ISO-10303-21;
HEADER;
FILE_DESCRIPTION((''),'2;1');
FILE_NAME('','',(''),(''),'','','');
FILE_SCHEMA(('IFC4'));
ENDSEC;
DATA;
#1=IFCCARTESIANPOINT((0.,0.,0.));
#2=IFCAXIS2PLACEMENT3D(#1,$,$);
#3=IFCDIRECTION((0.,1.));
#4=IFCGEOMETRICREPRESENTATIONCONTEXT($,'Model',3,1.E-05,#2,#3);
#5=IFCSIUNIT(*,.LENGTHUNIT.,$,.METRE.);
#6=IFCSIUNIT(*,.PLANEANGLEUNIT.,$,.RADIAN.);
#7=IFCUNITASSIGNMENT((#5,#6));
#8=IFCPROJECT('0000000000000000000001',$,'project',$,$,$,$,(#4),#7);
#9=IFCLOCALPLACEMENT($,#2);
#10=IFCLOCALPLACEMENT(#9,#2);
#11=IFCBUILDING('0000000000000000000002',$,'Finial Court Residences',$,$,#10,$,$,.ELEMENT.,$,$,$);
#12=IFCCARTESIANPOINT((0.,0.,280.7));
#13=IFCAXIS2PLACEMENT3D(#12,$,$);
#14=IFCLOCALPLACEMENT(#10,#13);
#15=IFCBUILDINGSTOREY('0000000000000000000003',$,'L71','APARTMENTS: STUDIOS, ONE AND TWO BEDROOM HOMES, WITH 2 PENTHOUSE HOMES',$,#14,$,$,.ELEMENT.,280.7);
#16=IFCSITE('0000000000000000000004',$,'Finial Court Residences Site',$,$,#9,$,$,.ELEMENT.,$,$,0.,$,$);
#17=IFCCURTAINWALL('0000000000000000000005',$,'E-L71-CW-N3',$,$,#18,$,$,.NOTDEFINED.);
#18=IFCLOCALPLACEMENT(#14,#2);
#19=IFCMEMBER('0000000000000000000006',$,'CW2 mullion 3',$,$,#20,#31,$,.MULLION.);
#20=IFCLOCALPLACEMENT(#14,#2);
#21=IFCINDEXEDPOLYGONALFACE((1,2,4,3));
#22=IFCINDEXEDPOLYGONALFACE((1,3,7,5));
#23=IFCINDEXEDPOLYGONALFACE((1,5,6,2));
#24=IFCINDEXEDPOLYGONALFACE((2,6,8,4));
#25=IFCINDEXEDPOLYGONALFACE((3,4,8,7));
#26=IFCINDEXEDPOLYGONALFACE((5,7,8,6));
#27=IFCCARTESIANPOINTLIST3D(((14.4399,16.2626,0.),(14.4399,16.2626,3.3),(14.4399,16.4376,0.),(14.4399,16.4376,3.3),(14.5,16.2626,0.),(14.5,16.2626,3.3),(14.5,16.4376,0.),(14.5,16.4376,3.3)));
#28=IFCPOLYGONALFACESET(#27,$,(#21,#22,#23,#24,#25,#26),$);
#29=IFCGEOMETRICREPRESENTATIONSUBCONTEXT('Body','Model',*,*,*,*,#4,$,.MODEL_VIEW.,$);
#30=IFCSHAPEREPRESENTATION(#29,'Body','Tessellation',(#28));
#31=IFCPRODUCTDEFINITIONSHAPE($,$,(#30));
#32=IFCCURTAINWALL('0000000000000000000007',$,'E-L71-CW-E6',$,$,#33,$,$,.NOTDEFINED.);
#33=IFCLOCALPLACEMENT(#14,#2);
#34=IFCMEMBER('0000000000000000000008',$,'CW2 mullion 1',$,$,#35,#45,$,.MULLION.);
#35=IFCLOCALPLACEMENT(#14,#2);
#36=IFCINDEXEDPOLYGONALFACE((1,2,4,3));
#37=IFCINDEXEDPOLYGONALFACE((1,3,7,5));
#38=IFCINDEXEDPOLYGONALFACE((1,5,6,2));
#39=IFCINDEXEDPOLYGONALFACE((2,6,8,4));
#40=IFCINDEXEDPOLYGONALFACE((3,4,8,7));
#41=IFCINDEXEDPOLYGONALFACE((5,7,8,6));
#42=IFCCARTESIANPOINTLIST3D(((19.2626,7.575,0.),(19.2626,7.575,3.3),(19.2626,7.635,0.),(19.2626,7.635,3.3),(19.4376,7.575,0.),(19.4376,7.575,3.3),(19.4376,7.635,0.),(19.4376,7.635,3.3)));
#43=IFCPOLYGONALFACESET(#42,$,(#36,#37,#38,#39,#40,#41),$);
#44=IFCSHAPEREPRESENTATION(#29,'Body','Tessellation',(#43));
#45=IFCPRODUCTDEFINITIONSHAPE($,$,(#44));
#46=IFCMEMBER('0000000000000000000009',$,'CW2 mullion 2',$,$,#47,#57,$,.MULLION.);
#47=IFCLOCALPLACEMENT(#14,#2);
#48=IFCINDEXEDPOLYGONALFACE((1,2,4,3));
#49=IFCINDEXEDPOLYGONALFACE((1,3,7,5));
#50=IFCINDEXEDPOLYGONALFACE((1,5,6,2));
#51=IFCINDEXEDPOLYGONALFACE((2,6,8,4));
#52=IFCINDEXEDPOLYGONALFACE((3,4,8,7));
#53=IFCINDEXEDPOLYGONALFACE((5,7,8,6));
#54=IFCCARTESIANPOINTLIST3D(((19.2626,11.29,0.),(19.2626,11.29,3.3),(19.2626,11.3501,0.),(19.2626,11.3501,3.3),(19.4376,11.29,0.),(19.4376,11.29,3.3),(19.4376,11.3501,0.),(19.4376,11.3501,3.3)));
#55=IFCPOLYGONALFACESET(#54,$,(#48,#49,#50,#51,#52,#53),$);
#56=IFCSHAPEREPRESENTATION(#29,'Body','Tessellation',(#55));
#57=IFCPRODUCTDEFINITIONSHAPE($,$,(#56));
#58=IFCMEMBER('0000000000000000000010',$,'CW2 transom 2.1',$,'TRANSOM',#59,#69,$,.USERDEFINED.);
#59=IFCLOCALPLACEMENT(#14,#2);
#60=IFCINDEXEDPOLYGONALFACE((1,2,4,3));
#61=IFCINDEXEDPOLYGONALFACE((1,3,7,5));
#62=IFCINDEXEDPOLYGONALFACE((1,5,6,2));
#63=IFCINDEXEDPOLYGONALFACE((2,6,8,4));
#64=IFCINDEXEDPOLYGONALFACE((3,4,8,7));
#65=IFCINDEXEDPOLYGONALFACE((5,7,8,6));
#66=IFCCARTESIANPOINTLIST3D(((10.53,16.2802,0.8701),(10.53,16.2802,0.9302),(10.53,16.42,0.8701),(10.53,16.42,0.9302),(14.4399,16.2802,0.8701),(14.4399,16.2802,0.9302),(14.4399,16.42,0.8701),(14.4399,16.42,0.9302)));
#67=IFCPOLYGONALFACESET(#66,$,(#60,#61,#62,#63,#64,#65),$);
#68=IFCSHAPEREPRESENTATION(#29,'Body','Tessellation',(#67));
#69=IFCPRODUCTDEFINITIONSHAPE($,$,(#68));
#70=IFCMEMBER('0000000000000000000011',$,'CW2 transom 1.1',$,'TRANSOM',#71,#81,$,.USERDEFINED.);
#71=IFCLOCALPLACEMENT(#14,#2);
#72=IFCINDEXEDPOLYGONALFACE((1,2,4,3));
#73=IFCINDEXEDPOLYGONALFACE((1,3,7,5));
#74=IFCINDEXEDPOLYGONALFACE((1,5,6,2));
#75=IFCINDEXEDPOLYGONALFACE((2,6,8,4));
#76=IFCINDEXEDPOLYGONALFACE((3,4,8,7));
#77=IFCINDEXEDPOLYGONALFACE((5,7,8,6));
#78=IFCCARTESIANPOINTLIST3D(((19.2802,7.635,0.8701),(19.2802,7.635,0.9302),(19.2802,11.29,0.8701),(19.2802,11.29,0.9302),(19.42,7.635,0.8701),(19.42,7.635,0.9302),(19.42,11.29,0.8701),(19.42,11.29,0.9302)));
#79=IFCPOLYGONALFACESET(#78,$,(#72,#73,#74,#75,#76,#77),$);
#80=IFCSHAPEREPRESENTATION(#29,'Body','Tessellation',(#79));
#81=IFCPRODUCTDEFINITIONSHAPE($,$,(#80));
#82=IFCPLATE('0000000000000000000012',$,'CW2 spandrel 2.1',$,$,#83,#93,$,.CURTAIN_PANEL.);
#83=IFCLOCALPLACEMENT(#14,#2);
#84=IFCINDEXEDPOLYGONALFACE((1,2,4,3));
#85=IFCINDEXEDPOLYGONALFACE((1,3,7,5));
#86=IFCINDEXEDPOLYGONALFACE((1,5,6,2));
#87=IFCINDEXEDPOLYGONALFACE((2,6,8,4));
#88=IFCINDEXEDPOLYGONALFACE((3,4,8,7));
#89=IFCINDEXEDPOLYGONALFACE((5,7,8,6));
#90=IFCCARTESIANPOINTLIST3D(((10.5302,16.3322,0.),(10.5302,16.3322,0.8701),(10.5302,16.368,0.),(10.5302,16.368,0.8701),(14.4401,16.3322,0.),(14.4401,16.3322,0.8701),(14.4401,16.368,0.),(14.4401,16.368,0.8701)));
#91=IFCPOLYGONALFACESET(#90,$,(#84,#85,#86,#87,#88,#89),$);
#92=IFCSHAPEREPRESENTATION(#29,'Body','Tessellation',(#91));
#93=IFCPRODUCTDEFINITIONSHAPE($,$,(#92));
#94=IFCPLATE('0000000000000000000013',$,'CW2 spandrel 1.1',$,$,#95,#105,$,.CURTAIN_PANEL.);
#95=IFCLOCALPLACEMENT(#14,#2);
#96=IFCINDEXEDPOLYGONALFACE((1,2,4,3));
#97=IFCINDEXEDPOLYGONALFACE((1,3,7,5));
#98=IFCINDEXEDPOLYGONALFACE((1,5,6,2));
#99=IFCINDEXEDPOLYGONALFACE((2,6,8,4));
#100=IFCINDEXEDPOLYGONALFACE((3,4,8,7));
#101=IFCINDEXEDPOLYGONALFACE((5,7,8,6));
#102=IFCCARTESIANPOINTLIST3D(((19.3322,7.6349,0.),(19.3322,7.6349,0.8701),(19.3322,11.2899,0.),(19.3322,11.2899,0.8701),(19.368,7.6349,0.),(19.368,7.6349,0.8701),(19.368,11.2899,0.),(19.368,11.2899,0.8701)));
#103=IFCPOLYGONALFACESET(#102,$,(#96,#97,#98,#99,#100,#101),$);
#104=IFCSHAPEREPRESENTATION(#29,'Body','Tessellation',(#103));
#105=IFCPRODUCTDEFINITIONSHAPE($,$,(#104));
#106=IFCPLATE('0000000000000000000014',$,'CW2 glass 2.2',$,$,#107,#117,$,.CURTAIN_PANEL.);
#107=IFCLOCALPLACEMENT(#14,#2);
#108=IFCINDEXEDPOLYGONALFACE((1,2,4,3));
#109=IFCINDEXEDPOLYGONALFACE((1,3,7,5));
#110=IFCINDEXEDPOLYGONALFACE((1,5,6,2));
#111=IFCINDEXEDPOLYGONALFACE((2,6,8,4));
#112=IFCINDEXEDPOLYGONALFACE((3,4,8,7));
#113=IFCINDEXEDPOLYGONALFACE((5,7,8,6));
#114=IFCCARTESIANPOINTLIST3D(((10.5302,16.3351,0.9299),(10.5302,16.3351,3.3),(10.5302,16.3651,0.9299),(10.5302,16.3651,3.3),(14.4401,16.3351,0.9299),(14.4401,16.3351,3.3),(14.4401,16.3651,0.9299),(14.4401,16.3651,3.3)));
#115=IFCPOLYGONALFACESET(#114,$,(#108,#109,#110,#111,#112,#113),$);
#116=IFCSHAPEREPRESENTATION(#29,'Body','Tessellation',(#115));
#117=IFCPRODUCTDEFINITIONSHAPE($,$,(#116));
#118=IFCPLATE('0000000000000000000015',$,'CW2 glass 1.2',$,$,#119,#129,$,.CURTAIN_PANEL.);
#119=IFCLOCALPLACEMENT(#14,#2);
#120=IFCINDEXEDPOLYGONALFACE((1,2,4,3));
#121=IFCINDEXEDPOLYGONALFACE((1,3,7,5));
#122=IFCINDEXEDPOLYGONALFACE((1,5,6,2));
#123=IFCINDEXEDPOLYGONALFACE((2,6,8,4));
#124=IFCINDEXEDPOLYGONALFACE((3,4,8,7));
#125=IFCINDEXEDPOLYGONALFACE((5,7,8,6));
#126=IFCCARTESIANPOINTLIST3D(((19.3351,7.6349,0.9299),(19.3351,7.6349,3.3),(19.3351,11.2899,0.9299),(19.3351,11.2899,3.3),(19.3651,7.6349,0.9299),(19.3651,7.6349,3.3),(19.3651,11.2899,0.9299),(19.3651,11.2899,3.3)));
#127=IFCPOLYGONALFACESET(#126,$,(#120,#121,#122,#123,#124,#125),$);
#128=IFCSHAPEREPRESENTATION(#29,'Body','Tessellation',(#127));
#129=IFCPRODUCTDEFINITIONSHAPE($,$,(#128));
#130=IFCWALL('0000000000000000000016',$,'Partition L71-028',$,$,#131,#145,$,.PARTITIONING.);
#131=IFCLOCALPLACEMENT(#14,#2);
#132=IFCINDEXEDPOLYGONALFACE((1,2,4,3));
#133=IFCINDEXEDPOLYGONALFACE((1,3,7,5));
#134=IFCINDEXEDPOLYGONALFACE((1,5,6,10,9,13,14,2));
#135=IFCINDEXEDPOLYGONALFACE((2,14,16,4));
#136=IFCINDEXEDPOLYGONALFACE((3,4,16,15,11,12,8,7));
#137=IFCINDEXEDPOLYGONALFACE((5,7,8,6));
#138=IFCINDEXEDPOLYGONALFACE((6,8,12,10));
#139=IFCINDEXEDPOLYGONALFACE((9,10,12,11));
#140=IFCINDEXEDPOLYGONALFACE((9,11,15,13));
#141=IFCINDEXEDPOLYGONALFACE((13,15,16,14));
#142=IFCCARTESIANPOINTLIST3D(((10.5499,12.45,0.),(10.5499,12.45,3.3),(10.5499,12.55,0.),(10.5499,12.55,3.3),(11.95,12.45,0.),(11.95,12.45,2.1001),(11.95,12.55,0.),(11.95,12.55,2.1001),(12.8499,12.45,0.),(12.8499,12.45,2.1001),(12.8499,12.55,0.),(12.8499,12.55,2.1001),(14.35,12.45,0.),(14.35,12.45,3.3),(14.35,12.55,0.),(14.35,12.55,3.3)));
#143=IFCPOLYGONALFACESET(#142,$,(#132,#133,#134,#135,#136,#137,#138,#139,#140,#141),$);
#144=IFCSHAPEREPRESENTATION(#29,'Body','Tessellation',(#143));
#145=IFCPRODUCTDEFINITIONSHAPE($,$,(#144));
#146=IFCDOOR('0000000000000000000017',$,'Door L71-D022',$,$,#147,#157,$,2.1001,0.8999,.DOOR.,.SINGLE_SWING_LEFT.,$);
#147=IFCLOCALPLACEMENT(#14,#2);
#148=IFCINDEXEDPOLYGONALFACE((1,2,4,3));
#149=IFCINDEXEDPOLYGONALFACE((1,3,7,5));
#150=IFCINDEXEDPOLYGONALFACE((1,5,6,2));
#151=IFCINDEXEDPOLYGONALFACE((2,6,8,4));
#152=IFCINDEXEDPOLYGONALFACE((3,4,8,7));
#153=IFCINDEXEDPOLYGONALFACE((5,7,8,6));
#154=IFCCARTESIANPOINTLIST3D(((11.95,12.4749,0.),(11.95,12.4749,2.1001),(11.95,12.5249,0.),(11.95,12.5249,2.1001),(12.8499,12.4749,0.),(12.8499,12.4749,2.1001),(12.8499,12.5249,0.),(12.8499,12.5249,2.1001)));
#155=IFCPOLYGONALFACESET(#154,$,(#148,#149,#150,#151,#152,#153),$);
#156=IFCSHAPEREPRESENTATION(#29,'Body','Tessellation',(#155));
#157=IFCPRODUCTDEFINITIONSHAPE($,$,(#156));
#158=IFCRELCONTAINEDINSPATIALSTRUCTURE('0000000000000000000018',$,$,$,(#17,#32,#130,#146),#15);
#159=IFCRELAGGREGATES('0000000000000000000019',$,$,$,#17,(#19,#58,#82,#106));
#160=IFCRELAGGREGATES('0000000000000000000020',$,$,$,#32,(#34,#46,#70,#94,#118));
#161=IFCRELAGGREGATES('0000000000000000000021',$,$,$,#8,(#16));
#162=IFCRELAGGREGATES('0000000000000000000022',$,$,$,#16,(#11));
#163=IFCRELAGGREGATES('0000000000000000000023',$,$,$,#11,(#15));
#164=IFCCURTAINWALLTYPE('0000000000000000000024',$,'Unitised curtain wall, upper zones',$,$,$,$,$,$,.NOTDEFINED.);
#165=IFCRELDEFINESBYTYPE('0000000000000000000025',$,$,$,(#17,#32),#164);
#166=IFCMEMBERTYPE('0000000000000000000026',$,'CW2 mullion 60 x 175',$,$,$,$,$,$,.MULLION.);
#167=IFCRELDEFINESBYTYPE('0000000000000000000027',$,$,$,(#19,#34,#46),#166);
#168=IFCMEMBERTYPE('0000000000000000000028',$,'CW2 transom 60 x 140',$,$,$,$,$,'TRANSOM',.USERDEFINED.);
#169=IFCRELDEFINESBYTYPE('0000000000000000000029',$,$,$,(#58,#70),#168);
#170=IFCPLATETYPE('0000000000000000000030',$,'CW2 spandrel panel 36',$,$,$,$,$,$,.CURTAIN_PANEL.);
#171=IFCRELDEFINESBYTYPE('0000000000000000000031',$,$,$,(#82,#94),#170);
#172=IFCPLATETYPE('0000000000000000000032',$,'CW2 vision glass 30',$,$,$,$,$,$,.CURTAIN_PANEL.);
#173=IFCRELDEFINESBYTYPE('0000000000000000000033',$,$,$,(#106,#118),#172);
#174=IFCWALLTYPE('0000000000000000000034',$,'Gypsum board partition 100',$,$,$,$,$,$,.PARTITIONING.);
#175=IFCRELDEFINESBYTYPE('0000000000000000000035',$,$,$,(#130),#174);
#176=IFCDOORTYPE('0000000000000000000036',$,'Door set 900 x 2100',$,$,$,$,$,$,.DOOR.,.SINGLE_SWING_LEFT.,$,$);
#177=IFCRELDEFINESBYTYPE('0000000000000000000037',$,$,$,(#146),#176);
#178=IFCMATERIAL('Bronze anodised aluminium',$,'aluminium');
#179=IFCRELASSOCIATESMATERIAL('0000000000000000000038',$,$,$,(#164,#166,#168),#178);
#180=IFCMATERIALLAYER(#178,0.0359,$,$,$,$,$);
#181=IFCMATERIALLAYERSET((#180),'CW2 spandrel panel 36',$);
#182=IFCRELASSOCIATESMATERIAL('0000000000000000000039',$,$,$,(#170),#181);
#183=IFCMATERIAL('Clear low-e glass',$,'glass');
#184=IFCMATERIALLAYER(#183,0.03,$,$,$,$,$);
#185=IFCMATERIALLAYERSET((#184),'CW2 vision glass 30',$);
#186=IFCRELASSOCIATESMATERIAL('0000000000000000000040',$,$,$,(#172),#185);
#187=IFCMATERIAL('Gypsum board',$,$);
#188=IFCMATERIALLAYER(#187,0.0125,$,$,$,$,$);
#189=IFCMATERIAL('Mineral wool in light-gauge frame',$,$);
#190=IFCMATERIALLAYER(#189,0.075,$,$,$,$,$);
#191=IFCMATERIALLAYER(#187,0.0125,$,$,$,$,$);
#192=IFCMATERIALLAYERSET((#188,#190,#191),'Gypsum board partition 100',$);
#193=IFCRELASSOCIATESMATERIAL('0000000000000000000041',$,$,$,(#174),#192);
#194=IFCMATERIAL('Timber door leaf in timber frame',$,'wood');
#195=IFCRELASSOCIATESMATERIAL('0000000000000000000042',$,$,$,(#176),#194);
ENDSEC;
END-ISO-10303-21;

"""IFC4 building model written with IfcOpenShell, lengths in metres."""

from ifc_helpers import new_model, si_unit, direction, frame, frame_2d, origin, origin_2d, place, context, subcontext, project, spatial, rectangle, extrude, material, layer, layer_set, material_profile, profile_set, type_object, element, fill, aggregate, save


model = new_model("IFC4")

# Units and contexts
model_context = context("Model", 3, precision=1e-05, world=origin(), true_north=direction((0.0, 1.0)))
body_context = subcontext(model_context, "Body", "Model", "MODEL_VIEW")
ifc_project = project(units=[si_unit("LENGTHUNIT", "METRE"), si_unit("PLANEANGLEUNIT", "RADIAN")], contexts=[model_context])

# Site, building, storey
site_placement = place(None, origin())
site = spatial("IfcSite", under=ifc_project, at=site_placement, Name="Finial Court Residences Site", CompositionType="ELEMENT", RefElevation=0.0)
building_placement = place(site_placement, origin())
building = spatial("IfcBuilding", under=site, at=building_placement, Name="Finial Court Residences", CompositionType="ELEMENT")
storey_placement = place(building_placement, frame((0.0, 0.0, 280.7)))
storey = spatial("IfcBuildingStorey", under=building, at=storey_placement, Name="L71", Description="APARTMENTS: STUDIOS, ONE AND TWO BEDROOM HOMES, WITH 2 PENTHOUSE HOMES", CompositionType="ELEMENT", Elevation=280.7)

# Curtain wall, member
ifc_material_1 = material(Name="Bronze anodised aluminium", Category="aluminium")
curtain_wall_type = type_object("IfcCurtainWallType", Name="Unitised curtain wall, upper zones", PredefinedType="NOTDEFINED", material=ifc_material_1)
curtain_wall_1_placement = place(storey_placement, origin())
curtain_wall_1 = element("IfcCurtainWall", 1, at=curtain_wall_1_placement, inside=storey, type_object=curtain_wall_type, Name="E-L71-CW-N3", PredefinedType="NOTDEFINED")
ifc_material_profile_1 = material_profile(ifc_material_1, rectangle(XDim=0.175, YDim=0.0601, at=origin_2d()), Name="CW2 mullion 60 x 175")
ifc_profile_set_1 = profile_set([ifc_material_profile_1], Name="Bronze anodised aluminium")
member_type_1 = type_object("IfcMemberType", Name="CW2 mullion 60 x 175", PredefinedType="MULLION", material=ifc_profile_set_1)
member_1_placement = place(storey_placement, frame((14.47, 16.3501, 0.0), z_axis=(0.0, 0.0, 1.0), x_axis=(0.0, 1.0, 0.0)))
member_1 = element("IfcMember", 2, at=member_1_placement, type_object=member_type_1, Name="CW2 mullion 3", PredefinedType="MULLION", context=body_context, shape_type="SweptSolid", body=[
    extrude(rectangle(XDim=0.175, YDim=0.0601, at=origin_2d()), origin(), (0.0, 0.0, 1.0), 3.3),
])

# Curtain wall, members
curtain_wall_2_placement = place(storey_placement, origin())
curtain_wall_2 = element("IfcCurtainWall", 3, at=curtain_wall_2_placement, inside=storey, type_object=curtain_wall_type, Name="E-L71-CW-E6", PredefinedType="NOTDEFINED")
member_2_placement = place(storey_placement, frame((19.3501, 7.605, 0.0), z_axis=(0.0, 0.0, 1.0), x_axis=(-1.0, 0.0, 0.0)))
member_2 = element("IfcMember", 4, at=member_2_placement, type_object=member_type_1, Name="CW2 mullion 1", PredefinedType="MULLION", context=body_context, shape_type="SweptSolid", body=[
    extrude(rectangle(XDim=0.175, YDim=0.0601, at=origin_2d()), origin(), (0.0, 0.0, 1.0), 3.3),
])
member_3_placement = place(storey_placement, frame((19.3501, 11.3201, 0.0), z_axis=(0.0, 0.0, 1.0), x_axis=(-1.0, 0.0, 0.0)))
member_3 = element("IfcMember", 5, at=member_3_placement, type_object=member_type_1, Name="CW2 mullion 2", PredefinedType="MULLION", context=body_context, shape_type="SweptSolid", body=[
    extrude(rectangle(XDim=0.175, YDim=0.0601, at=origin_2d()), origin(), (0.0, 0.0, 1.0), 3.3),
])

# Members
ifc_material_profile_2 = material_profile(ifc_material_1, rectangle(XDim=0.1399, YDim=0.0601, at=origin_2d()), Name="CW2 transom 60 x 140")
ifc_profile_set_2 = profile_set([ifc_material_profile_2], Name="Bronze anodised aluminium")
member_type_2 = type_object("IfcMemberType", Name="CW2 transom 60 x 140", ElementType="TRANSOM", PredefinedType="USERDEFINED", material=ifc_profile_set_2)
member_4_placement = place(storey_placement, frame((10.53, 16.3501, 0.9001), z_axis=(1.0, 0.0, 0.0), x_axis=(0.0, 1.0, 0.0)))
member_4 = element("IfcMember", 6, at=member_4_placement, type_object=member_type_2, Name="CW2 transom 2.1", ObjectType="TRANSOM", PredefinedType="USERDEFINED", context=body_context, shape_type="SweptSolid", body=[
    extrude(rectangle(XDim=0.1399, YDim=0.0601, at=origin_2d()), origin(), (0.0, 0.0, 1.0), 3.9099),
])
member_5_placement = place(storey_placement, frame((19.3501, 7.635, 0.9001), z_axis=(0.0, 1.0, 0.0), x_axis=(-1.0, 0.0, 0.0)))
member_5 = element("IfcMember", 7, at=member_5_placement, type_object=member_type_2, Name="CW2 transom 1.1", ObjectType="TRANSOM", PredefinedType="USERDEFINED", context=body_context, shape_type="SweptSolid", body=[
    extrude(rectangle(XDim=0.1399, YDim=0.0601, at=origin_2d()), origin(), (0.0, 0.0, 1.0), 3.655),
])

# Plates
ifc_layer_1 = layer(ifc_material_1, 0.0359)
ifc_layer_set_1 = layer_set([ifc_layer_1], Name="CW2 spandrel panel 36")
plate_type_1 = type_object("IfcPlateType", Name="CW2 spandrel panel 36", PredefinedType="CURTAIN_PANEL", material=ifc_layer_set_1)
plate_1_placement = place(storey_placement, frame((12.4851, 16.3501, 0.0), z_axis=(0.0, 0.0, 1.0), x_axis=(1.0, 0.0, 0.0)))
plate_1 = element("IfcPlate", 8, at=plate_1_placement, type_object=plate_type_1, Name="CW2 spandrel 2.1", PredefinedType="CURTAIN_PANEL", context=body_context, shape_type="SweptSolid", body=[
    extrude(rectangle(XDim=3.9099, YDim=0.0359, at=origin_2d()), origin(), (0.0, 0.0, 1.0), 0.8701),
])
plate_2_placement = place(storey_placement, frame((19.3501, 9.4624, 0.0), z_axis=(0.0, 0.0, 1.0), x_axis=(0.0, 1.0, 0.0)))
plate_2 = element("IfcPlate", 9, at=plate_2_placement, type_object=plate_type_1, Name="CW2 spandrel 1.1", PredefinedType="CURTAIN_PANEL", context=body_context, shape_type="SweptSolid", body=[
    extrude(rectangle(XDim=3.655, YDim=0.0359, at=origin_2d()), origin(), (0.0, 0.0, 1.0), 0.8701),
])
ifc_material_2 = material(Name="Clear low-e glass", Category="glass")
ifc_layer_2 = layer(ifc_material_2, 0.03)
ifc_layer_set_2 = layer_set([ifc_layer_2], Name="CW2 vision glass 30")
plate_type_2 = type_object("IfcPlateType", Name="CW2 vision glass 30", PredefinedType="CURTAIN_PANEL", material=ifc_layer_set_2)
plate_3_placement = place(storey_placement, frame((12.4851, 16.3501, 0.9299), z_axis=(0.0, 0.0, 1.0), x_axis=(1.0, 0.0, 0.0)))
plate_3 = element("IfcPlate", 10, at=plate_3_placement, type_object=plate_type_2, Name="CW2 glass 2.2", PredefinedType="CURTAIN_PANEL", context=body_context, shape_type="SweptSolid", body=[
    extrude(rectangle(XDim=3.9099, YDim=0.03, at=origin_2d()), origin(), (0.0, 0.0, 1.0), 2.3701),
])
aggregate(curtain_wall_1, [member_1, member_4, plate_1, plate_3])
plate_4_placement = place(storey_placement, frame((19.3501, 9.4624, 0.9299), z_axis=(0.0, 0.0, 1.0), x_axis=(0.0, 1.0, 0.0)))
plate_4 = element("IfcPlate", 11, at=plate_4_placement, type_object=plate_type_2, Name="CW2 glass 1.2", PredefinedType="CURTAIN_PANEL", context=body_context, shape_type="SweptSolid", body=[
    extrude(rectangle(XDim=3.655, YDim=0.03, at=origin_2d()), origin(), (0.0, 0.0, 1.0), 2.3701),
])
aggregate(curtain_wall_2, [member_2, member_3, member_5, plate_2, plate_4])

# Wall, opening, door
ifc_material_3 = material(Name="Gypsum board")
ifc_layer_3 = layer(ifc_material_3, 0.0125)
ifc_material_4 = material(Name="Mineral wool in light-gauge frame")
ifc_layer_4 = layer(ifc_material_4, 0.075)
ifc_layer_5 = layer(ifc_material_3, 0.0125)
ifc_layer_set_3 = layer_set([ifc_layer_3, ifc_layer_4, ifc_layer_5], Name="Gypsum board partition 100")
wall_type_1 = type_object("IfcWallType", Name="Gypsum board partition 100", PredefinedType="PARTITIONING", material=ifc_layer_set_3)
wall_1_placement = place(storey_placement, frame((10.55, 12.5, 0.0), z_axis=(0.0, 0.0, 1.0), x_axis=(1.0, 0.0, 0.0)))
wall_1 = element("IfcWall", 12, at=wall_1_placement, inside=storey, type_object=wall_type_1, Name="Partition L71-028", PredefinedType="PARTITIONING", context=body_context, shape_type="SweptSolid", body=[
    extrude(rectangle(XDim=3.8, YDim=0.1001, at=frame_2d((1.8999, 0.0))), origin(), (0.0, 0.0, 1.0), 3.3),
])
opening_1_placement = place(wall_1_placement, frame((1.3999, 0.0, 0.0)))
opening_1 = element("IfcOpeningElement", 13, at=opening_1_placement, cuts=wall_1, PredefinedType="OPENING", context=body_context, shape_type="SweptSolid", body=[
    extrude(rectangle(XDim=0.8999, YDim=2.1001, at=frame_2d((0.45, 1.05))), frame((0.0, 0.0601, 0.0), z_axis=(0.0, -1.0, 0.0), x_axis=(1.0, 0.0, 0.0)), (0.0, 0.0, 1.0), 0.1201),
])
ifc_material_5 = material(Name="Timber door leaf in timber frame", Category="wood")
door_type = type_object("IfcDoorType", Name="Door set 900 x 2100", OperationType="SINGLE_SWING_LEFT", PredefinedType="DOOR", material=ifc_material_5)
door_1_placement = place(opening_1_placement, origin())
door_1 = element("IfcDoor", 14, at=door_1_placement, inside=storey, type_object=door_type, Name="Door L71-D022", OperationType="SINGLE_SWING_LEFT", OverallHeight=2.1001, OverallWidth=0.8999, PredefinedType="DOOR", context=body_context, shape_type="SweptSolid", body=[
    extrude(rectangle(XDim=0.8999, YDim=2.1001, at=frame_2d((0.45, 1.05))), frame((0.0, 0.0249, 0.0), z_axis=(0.0, -1.0, 0.0), x_axis=(1.0, 0.0, 0.0)), (0.0, 0.0, 1.0), 0.05),
])
fill(opening_1, door_1)

save(model, "model.ifc")
